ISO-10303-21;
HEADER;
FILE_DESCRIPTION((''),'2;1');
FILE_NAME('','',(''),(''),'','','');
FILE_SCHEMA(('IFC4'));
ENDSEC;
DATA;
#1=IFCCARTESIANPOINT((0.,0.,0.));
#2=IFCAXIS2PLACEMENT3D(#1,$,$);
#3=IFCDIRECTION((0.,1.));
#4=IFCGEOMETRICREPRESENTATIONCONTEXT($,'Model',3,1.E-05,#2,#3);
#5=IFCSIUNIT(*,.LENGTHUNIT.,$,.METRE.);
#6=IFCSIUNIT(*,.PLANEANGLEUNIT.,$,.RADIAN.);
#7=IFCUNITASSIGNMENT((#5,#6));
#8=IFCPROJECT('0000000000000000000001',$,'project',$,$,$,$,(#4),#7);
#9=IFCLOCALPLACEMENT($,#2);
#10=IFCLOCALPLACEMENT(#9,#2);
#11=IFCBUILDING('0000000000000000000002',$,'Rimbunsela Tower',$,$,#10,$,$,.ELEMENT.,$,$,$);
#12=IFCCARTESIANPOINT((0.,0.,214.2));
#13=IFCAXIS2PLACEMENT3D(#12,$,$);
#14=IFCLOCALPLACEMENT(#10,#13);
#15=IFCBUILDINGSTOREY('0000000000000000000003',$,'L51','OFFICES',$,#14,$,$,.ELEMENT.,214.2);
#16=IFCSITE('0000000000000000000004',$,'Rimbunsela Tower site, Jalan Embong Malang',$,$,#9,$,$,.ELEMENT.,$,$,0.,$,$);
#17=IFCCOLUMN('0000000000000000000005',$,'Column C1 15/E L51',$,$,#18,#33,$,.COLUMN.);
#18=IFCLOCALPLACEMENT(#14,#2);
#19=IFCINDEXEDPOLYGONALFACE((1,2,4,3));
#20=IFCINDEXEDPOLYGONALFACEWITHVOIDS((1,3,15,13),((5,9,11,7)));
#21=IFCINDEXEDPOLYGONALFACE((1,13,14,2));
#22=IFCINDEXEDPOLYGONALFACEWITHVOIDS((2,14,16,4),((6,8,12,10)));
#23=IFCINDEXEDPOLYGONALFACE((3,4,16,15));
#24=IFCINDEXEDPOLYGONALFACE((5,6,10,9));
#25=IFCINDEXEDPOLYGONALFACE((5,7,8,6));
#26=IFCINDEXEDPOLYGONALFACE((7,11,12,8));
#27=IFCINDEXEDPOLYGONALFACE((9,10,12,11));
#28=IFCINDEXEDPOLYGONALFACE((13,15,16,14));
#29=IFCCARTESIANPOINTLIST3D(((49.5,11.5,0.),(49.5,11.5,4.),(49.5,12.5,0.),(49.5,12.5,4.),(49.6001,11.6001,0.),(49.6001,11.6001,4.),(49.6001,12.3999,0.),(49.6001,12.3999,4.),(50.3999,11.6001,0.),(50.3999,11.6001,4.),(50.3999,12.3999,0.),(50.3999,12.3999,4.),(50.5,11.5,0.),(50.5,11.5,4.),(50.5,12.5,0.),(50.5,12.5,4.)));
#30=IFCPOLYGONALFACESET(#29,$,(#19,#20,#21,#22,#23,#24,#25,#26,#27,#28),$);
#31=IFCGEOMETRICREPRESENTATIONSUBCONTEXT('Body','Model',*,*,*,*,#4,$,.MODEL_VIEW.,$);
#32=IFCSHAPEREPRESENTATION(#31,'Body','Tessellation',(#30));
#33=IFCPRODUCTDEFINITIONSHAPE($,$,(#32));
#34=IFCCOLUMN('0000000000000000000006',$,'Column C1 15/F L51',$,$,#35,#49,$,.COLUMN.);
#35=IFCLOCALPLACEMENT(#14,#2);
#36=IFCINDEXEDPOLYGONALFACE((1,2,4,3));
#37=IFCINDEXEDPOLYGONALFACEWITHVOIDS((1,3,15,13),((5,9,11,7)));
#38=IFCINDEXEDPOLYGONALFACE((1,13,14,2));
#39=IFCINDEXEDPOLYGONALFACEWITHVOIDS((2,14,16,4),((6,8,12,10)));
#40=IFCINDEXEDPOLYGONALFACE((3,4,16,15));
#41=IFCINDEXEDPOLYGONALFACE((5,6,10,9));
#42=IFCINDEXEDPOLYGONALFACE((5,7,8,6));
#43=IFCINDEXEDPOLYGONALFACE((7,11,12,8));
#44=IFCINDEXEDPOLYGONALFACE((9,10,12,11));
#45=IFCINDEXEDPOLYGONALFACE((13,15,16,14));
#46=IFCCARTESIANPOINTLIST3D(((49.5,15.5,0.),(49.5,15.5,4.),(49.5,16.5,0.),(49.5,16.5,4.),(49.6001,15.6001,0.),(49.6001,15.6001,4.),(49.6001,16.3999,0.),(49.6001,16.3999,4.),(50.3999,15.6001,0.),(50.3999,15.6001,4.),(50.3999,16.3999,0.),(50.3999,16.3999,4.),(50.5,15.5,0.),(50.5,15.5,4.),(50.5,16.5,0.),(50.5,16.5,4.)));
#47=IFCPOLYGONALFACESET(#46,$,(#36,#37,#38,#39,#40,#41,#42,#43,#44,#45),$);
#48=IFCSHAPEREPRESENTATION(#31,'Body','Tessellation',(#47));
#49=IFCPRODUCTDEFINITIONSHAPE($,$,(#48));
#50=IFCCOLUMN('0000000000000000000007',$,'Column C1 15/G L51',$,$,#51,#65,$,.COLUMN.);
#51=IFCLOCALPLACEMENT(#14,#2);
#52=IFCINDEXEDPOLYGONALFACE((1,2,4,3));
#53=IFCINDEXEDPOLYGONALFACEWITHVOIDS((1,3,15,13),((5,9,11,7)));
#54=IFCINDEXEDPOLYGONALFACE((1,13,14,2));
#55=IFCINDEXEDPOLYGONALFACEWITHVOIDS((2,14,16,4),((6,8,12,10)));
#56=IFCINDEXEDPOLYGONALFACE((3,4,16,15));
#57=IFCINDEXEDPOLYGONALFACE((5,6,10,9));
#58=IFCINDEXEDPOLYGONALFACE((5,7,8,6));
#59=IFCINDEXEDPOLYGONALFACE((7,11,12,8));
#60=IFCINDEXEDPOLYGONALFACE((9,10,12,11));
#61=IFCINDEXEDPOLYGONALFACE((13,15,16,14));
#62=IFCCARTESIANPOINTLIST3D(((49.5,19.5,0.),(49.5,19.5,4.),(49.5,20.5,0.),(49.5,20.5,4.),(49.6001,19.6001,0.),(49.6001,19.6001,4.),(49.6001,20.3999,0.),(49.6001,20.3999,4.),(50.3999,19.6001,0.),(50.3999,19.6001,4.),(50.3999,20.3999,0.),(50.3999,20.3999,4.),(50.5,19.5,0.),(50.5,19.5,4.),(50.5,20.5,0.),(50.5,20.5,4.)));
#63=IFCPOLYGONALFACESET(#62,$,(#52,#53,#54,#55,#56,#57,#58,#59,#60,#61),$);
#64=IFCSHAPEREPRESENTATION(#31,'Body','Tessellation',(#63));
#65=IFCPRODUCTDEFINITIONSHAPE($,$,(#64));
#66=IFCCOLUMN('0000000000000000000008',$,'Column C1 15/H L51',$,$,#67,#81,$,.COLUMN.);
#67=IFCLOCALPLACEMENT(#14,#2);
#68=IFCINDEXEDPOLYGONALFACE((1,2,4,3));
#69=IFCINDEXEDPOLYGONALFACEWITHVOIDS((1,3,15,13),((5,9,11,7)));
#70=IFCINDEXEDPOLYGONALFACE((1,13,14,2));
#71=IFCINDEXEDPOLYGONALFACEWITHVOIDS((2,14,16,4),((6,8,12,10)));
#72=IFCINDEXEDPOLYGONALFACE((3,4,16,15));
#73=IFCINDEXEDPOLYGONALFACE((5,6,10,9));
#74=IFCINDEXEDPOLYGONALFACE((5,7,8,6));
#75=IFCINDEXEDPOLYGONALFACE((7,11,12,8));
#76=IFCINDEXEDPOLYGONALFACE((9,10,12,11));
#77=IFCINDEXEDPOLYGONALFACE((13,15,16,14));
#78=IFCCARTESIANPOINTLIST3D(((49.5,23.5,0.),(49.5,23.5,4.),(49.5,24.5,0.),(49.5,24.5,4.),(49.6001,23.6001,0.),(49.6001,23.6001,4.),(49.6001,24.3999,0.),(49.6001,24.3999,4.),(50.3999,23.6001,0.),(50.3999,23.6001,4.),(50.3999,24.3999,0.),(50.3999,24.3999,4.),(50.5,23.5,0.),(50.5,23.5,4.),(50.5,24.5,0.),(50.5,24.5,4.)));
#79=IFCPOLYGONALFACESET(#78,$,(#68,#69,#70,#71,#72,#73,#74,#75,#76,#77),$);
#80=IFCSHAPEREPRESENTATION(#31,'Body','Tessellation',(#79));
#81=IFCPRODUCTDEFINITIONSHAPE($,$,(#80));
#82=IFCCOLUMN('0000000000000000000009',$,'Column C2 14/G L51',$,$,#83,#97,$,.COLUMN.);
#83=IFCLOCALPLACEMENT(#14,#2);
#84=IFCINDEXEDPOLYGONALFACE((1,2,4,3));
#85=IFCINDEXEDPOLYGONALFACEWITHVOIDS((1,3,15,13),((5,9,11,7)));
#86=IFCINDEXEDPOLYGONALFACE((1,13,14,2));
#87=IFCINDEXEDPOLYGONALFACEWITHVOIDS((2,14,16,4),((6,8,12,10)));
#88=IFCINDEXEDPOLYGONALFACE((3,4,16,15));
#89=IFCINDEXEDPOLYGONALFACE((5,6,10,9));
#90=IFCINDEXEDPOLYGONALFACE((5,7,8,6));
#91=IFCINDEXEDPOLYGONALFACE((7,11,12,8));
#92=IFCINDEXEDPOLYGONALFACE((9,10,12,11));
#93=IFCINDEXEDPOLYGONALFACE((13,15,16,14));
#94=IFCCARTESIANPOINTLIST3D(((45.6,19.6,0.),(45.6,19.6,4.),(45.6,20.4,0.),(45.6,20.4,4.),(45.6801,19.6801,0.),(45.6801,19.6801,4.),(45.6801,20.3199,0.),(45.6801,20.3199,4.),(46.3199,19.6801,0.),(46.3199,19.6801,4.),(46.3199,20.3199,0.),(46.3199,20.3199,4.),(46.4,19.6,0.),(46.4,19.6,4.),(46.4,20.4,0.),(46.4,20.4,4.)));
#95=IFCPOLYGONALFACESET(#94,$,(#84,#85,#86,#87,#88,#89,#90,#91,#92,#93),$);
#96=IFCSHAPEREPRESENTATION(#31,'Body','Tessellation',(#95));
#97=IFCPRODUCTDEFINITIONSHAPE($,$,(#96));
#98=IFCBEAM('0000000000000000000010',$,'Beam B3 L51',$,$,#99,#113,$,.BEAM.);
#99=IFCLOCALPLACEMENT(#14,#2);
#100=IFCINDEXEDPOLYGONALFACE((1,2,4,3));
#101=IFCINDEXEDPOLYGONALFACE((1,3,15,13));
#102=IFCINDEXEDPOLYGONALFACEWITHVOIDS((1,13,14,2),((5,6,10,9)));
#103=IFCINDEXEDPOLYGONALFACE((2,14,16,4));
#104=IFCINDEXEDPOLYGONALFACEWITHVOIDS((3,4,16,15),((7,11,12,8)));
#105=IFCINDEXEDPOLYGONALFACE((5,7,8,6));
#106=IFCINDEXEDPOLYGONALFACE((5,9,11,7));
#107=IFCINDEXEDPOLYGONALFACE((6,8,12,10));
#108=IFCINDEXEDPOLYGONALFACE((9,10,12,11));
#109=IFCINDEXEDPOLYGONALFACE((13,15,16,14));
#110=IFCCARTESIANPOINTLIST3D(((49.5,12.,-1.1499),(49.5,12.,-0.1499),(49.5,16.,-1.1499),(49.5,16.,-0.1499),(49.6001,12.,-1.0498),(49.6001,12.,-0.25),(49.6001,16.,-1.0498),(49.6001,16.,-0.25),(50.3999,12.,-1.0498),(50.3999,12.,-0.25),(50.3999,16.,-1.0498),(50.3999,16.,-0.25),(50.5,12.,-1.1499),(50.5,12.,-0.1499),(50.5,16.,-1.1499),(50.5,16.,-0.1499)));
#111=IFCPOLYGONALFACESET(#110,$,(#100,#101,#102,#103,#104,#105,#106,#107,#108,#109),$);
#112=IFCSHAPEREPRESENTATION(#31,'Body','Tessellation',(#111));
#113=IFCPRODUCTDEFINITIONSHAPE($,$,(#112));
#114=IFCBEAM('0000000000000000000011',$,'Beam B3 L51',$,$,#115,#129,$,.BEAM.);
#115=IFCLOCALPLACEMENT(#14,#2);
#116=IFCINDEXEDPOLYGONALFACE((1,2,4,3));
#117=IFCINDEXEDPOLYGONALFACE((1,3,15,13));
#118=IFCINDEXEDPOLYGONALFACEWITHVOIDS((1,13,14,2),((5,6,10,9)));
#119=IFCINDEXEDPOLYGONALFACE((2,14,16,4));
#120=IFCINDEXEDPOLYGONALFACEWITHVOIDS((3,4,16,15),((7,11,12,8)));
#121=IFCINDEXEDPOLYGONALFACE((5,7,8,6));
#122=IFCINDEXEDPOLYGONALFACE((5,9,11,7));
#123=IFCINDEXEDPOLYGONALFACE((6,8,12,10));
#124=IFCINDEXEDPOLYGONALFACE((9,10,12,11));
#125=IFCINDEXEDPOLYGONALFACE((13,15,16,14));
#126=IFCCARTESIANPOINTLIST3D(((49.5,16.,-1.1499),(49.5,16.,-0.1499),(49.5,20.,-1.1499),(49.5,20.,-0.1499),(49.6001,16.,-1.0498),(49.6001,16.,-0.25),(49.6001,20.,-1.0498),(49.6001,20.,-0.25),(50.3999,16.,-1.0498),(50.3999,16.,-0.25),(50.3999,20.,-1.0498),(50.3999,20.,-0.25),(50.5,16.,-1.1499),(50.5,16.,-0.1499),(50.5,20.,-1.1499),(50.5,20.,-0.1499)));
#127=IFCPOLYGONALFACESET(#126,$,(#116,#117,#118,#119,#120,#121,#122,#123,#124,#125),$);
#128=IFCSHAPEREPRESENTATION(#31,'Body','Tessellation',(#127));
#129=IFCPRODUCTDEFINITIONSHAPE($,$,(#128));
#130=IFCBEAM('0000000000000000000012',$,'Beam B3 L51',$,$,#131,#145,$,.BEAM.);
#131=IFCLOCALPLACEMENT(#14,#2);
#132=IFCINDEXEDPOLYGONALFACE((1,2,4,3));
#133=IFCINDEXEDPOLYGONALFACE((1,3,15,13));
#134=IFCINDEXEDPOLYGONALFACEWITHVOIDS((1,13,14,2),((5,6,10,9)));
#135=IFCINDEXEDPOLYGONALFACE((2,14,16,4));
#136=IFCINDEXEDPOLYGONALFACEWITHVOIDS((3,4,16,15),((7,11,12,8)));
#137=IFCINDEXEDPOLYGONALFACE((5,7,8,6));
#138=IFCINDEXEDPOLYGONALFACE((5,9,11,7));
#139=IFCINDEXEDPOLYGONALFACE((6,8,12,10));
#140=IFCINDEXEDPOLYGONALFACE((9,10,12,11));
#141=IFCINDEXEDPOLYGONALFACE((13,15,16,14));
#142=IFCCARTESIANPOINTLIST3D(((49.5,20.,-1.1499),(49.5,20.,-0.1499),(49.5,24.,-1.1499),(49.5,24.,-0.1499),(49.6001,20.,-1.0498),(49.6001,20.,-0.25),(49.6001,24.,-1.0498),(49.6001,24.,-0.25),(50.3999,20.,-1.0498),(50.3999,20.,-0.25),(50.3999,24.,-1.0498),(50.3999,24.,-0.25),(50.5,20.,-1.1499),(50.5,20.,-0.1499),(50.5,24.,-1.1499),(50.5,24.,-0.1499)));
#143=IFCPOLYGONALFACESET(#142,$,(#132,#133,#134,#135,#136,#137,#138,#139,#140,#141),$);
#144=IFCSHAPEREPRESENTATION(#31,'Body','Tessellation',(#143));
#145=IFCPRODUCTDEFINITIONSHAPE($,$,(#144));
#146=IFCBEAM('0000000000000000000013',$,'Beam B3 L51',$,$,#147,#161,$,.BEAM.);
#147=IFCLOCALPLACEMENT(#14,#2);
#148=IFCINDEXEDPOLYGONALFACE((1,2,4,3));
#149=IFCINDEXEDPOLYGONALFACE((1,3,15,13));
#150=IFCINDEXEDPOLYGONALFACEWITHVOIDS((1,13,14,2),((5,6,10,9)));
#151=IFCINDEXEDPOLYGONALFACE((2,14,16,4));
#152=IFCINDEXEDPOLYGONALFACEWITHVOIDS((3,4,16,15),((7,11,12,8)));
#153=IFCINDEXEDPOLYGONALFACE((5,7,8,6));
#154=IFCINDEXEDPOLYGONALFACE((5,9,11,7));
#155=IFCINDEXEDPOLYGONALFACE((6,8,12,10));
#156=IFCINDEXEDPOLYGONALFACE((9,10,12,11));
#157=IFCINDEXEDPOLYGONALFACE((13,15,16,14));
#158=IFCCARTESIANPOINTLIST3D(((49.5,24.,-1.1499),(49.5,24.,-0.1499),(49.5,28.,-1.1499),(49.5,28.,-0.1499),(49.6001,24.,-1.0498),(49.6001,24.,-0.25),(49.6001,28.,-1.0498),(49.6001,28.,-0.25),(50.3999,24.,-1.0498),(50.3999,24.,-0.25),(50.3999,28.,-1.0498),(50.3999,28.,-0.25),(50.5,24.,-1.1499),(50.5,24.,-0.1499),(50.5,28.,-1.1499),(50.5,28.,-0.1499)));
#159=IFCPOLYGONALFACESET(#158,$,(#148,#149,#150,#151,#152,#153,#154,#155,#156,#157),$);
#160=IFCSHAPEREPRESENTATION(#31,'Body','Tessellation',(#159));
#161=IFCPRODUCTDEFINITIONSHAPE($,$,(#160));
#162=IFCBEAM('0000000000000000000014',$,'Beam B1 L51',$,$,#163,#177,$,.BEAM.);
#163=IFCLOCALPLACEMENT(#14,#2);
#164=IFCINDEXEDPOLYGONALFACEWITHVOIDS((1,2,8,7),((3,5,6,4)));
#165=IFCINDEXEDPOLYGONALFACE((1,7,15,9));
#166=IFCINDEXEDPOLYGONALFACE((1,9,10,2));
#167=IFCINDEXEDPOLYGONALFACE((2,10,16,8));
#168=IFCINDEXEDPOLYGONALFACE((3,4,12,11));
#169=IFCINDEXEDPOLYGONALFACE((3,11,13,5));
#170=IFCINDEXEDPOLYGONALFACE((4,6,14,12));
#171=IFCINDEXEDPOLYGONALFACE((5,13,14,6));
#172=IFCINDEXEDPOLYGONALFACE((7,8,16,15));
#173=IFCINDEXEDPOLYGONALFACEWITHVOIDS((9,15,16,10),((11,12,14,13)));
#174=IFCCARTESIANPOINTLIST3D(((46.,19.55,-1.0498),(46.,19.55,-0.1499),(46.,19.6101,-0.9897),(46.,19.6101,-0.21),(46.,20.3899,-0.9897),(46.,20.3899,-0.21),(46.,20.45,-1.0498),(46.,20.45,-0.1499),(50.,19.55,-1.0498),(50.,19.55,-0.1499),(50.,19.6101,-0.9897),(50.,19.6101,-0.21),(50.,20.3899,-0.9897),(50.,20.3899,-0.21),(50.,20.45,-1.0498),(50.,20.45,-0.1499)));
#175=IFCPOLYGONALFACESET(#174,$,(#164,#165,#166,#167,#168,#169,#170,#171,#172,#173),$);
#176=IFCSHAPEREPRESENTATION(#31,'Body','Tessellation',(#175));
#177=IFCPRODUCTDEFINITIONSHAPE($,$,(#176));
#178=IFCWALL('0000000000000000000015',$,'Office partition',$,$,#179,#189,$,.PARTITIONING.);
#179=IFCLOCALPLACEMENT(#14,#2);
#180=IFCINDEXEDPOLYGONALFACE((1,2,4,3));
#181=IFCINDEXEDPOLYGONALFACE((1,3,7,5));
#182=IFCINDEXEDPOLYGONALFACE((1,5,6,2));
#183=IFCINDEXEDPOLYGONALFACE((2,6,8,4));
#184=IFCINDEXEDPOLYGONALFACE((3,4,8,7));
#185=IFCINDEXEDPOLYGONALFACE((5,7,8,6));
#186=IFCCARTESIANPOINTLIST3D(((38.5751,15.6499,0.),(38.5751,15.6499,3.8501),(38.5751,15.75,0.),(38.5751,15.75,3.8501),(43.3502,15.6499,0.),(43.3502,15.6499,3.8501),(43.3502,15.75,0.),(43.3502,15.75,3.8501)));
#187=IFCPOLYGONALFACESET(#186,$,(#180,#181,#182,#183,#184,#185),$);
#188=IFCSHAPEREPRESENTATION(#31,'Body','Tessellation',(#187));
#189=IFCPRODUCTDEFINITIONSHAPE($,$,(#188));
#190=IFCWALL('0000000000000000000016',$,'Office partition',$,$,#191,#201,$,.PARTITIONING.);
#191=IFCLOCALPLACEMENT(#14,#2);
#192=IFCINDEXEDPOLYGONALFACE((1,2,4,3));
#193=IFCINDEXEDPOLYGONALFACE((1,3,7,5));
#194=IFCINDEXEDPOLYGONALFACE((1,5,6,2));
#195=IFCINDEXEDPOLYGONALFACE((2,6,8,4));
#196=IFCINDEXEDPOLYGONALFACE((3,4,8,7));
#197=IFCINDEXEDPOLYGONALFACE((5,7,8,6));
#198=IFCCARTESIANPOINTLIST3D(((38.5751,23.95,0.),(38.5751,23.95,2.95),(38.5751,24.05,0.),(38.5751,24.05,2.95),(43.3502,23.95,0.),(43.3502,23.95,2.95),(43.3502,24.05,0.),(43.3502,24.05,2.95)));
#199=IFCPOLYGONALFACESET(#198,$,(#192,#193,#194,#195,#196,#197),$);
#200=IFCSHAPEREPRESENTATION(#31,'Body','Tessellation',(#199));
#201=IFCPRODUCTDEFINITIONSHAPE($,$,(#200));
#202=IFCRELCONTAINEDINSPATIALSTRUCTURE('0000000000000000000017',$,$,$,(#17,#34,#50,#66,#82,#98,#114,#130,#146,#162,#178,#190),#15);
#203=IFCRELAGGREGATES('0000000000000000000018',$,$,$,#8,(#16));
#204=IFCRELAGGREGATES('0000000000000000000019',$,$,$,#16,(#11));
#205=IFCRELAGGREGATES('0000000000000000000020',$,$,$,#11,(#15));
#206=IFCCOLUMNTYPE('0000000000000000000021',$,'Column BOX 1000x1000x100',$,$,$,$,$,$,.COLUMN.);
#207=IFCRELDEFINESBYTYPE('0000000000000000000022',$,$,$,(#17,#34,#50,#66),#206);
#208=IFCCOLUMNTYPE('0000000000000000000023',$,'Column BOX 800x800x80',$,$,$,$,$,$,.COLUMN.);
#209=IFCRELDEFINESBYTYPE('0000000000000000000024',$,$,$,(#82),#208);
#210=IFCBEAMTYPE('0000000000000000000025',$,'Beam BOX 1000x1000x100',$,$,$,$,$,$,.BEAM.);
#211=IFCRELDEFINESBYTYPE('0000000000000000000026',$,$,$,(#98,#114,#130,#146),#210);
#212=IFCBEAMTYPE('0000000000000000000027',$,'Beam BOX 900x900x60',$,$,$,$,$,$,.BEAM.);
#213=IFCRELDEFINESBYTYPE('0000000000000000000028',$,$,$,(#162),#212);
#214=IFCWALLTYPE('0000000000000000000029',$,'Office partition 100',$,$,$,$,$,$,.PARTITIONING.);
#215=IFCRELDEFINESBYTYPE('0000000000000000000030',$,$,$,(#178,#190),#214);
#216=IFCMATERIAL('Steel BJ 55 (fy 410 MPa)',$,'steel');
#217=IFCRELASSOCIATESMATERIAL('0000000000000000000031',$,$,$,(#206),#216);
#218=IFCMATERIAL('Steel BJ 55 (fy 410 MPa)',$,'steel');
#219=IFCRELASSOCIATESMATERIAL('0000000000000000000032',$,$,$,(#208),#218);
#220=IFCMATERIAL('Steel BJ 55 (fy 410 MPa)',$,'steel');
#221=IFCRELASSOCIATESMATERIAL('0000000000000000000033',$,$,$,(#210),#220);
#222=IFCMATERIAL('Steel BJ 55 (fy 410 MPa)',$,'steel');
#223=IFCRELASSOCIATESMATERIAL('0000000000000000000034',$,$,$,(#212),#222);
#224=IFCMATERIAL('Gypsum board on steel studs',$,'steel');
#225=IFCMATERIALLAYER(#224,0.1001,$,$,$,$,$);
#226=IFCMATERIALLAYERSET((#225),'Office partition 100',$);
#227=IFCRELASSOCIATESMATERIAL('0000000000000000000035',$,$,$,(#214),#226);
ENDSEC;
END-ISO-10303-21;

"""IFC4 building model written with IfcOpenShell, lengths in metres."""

from ifc_helpers import new_model, si_unit, direction, frame, frame_2d, origin, origin_2d, place, context, subcontext, project, spatial, rectangle, hollow_rectangle, extrude, material, layer, layer_set, material_profile, profile_set, type_object, element, save


model = new_model("IFC4")

# Units and contexts
model_context = context("Model", 3, precision=1e-05, world=origin(), true_north=direction((0.0, 1.0)))
body_context = subcontext(model_context, "Body", "Model", "MODEL_VIEW")
ifc_project = project(units=[si_unit("LENGTHUNIT", "METRE"), si_unit("PLANEANGLEUNIT", "RADIAN")], contexts=[model_context])

# Site, building, storey
site_placement = place(None, origin())
site = spatial("IfcSite", under=ifc_project, at=site_placement, Name="Rimbunsela Tower site, Jalan Embong Malang", CompositionType="ELEMENT", RefElevation=0.0)
building_placement = place(site_placement, origin())
building = spatial("IfcBuilding", under=site, at=building_placement, Name="Rimbunsela Tower", CompositionType="ELEMENT")
storey_placement = place(building_placement, frame((0.0, 0.0, 214.2)))
storey = spatial("IfcBuildingStorey", under=building, at=storey_placement, Name="L51", Description="OFFICES", CompositionType="ELEMENT", Elevation=214.2)

# Columns
ifc_material_1 = material(Name="Steel BJ 55 (fy 410 MPa)", Category="steel")
ifc_material_profile_1 = material_profile(ifc_material_1, hollow_rectangle(XDim=1.0, YDim=1.0, WallThickness=0.1001, at=origin_2d()), Name="BOX 1000x1000x100")
ifc_profile_set_1 = profile_set([ifc_material_profile_1], Name="Steel BJ 55 (fy 410 MPa)")
column_type_1 = type_object("IfcColumnType", Name="Column BOX 1000x1000x100", PredefinedType="COLUMN", material=ifc_profile_set_1)
for number, where, z_axis, x_axis, name in (
    (1, (50.0, 12.0, 0.0), (0.0, 0.0, 1.0), (1.0, 0.0, 0.0), "Column C1 15/E L51"),
    (2, (50.0, 16.0, 0.0), (0.0, 0.0, 1.0), (1.0, 0.0, 0.0), "Column C1 15/F L51"),
    (3, (50.0, 20.0, 0.0), (0.0, 0.0, 1.0), (1.0, 0.0, 0.0), "Column C1 15/G L51"),
    (4, (50.0, 24.0, 0.0), (0.0, 0.0, 1.0), (1.0, 0.0, 0.0), "Column C1 15/H L51"),
):
    element("IfcColumn", number, at=place(storey_placement, frame(where, z_axis=z_axis, x_axis=x_axis)), inside=storey, type_object=column_type_1, Name=name, PredefinedType="COLUMN", context=body_context, shape_type="SweptSolid", body=[
        extrude(hollow_rectangle(XDim=1.0, YDim=1.0, WallThickness=0.1001, at=origin_2d()), origin(), (0.0, 0.0, 1.0), 4.0),
    ])
ifc_material_2 = material(Name="Steel BJ 55 (fy 410 MPa)", Category="steel")
ifc_material_profile_2 = material_profile(ifc_material_2, hollow_rectangle(XDim=0.8, YDim=0.8, WallThickness=0.0801, at=origin_2d()), Name="BOX 800x800x80")
ifc_profile_set_2 = profile_set([ifc_material_profile_2], Name="Steel BJ 55 (fy 410 MPa)")
column_type_2 = type_object("IfcColumnType", Name="Column BOX 800x800x80", PredefinedType="COLUMN", material=ifc_profile_set_2)
column_placement = place(storey_placement, frame((46.0, 20.0, 0.0), z_axis=(0.0, 0.0, 1.0), x_axis=(1.0, 0.0, 0.0)))
element("IfcColumn", 5, at=column_placement, inside=storey, type_object=column_type_2, Name="Column C2 14/G L51", PredefinedType="COLUMN", context=body_context, shape_type="SweptSolid", body=[
    extrude(hollow_rectangle(XDim=0.8, YDim=0.8, WallThickness=0.0801, at=origin_2d()), origin(), (0.0, 0.0, 1.0), 4.0),
])

# Beams
ifc_material_3 = material(Name="Steel BJ 55 (fy 410 MPa)", Category="steel")
ifc_material_profile_3 = material_profile(ifc_material_3, hollow_rectangle(XDim=1.0, YDim=1.0, WallThickness=0.1001, at=origin_2d()), Name="BOX 1000x1000x100")
ifc_profile_set_3 = profile_set([ifc_material_profile_3], Name="Steel BJ 55 (fy 410 MPa)")
beam_type_1 = type_object("IfcBeamType", Name="Beam BOX 1000x1000x100", PredefinedType="BEAM", material=ifc_profile_set_3)
for number, where, z_axis, x_axis, name in (
    (6, (50.0, 12.0, -0.6499), (0.0, 1.0, 0.0), (-1.0, 0.0, 0.0), "Beam B3 L51"),
    (7, (50.0, 16.0, -0.6499), (0.0, 1.0, 0.0), (-1.0, 0.0, 0.0), "Beam B3 L51"),
    (8, (50.0, 20.0, -0.6499), (0.0, 1.0, 0.0), (-1.0, 0.0, 0.0), "Beam B3 L51"),
    (9, (50.0, 24.0, -0.6499), (0.0, 1.0, 0.0), (-1.0, 0.0, 0.0), "Beam B3 L51"),
):
    element("IfcBeam", number, at=place(storey_placement, frame(where, z_axis=z_axis, x_axis=x_axis)), inside=storey, type_object=beam_type_1, Name=name, PredefinedType="BEAM", context=body_context, shape_type="SweptSolid", body=[
        extrude(hollow_rectangle(XDim=1.0, YDim=1.0, WallThickness=0.1001, at=origin_2d()), origin(), (0.0, 0.0, 1.0), 4.0),
    ])
ifc_material_4 = material(Name="Steel BJ 55 (fy 410 MPa)", Category="steel")
ifc_material_profile_4 = material_profile(ifc_material_4, hollow_rectangle(XDim=0.8999, YDim=0.8999, WallThickness=0.0601, at=origin_2d()), Name="BOX 900x900x60")
ifc_profile_set_4 = profile_set([ifc_material_profile_4], Name="Steel BJ 55 (fy 410 MPa)")
beam_type_2 = type_object("IfcBeamType", Name="Beam BOX 900x900x60", PredefinedType="BEAM", material=ifc_profile_set_4)
beam_placement = place(storey_placement, frame((46.0, 20.0, -0.5999), z_axis=(1.0, 0.0, 0.0), x_axis=(0.0, 1.0, 0.0)))
element("IfcBeam", 10, at=beam_placement, inside=storey, type_object=beam_type_2, Name="Beam B1 L51", PredefinedType="BEAM", context=body_context, shape_type="SweptSolid", body=[
    extrude(hollow_rectangle(XDim=0.8999, YDim=0.8999, WallThickness=0.0601, at=origin_2d()), origin(), (0.0, 0.0, 1.0), 4.0),
])

# Walls
ifc_material_5 = material(Name="Gypsum board on steel studs", Category="steel")
ifc_layer_1 = layer(ifc_material_5, 0.1001)
ifc_layer_set_1 = layer_set([ifc_layer_1], Name="Office partition 100")
wall_type_1 = type_object("IfcWallType", Name="Office partition 100", PredefinedType="PARTITIONING", material=ifc_layer_set_1)
wall_1_placement = place(storey_placement, frame((38.575, 15.7, 0.0), z_axis=(0.0, 0.0, 1.0), x_axis=(1.0, 0.0, 0.0)))
element("IfcWall", 11, at=wall_1_placement, inside=storey, type_object=wall_type_1, Name="Office partition", PredefinedType="PARTITIONING", context=body_context, shape_type="SweptSolid", body=[
    extrude(rectangle(XDim=4.7751, YDim=0.1001, at=frame_2d((2.3877, 0.0))), origin(), (0.0, 0.0, 1.0), 3.8501),
])
wall_2_placement = place(storey_placement, frame((38.575, 24.0, 0.0), z_axis=(0.0, 0.0, 1.0), x_axis=(1.0, 0.0, 0.0)))
element("IfcWall", 12, at=wall_2_placement, inside=storey, type_object=wall_type_1, Name="Office partition", PredefinedType="PARTITIONING", context=body_context, shape_type="SweptSolid", body=[
    extrude(rectangle(XDim=4.7751, YDim=0.1001, at=frame_2d((2.3877, 0.0))), origin(), (0.0, 0.0, 1.0), 2.95),
])

save(model, "model.ifc")
